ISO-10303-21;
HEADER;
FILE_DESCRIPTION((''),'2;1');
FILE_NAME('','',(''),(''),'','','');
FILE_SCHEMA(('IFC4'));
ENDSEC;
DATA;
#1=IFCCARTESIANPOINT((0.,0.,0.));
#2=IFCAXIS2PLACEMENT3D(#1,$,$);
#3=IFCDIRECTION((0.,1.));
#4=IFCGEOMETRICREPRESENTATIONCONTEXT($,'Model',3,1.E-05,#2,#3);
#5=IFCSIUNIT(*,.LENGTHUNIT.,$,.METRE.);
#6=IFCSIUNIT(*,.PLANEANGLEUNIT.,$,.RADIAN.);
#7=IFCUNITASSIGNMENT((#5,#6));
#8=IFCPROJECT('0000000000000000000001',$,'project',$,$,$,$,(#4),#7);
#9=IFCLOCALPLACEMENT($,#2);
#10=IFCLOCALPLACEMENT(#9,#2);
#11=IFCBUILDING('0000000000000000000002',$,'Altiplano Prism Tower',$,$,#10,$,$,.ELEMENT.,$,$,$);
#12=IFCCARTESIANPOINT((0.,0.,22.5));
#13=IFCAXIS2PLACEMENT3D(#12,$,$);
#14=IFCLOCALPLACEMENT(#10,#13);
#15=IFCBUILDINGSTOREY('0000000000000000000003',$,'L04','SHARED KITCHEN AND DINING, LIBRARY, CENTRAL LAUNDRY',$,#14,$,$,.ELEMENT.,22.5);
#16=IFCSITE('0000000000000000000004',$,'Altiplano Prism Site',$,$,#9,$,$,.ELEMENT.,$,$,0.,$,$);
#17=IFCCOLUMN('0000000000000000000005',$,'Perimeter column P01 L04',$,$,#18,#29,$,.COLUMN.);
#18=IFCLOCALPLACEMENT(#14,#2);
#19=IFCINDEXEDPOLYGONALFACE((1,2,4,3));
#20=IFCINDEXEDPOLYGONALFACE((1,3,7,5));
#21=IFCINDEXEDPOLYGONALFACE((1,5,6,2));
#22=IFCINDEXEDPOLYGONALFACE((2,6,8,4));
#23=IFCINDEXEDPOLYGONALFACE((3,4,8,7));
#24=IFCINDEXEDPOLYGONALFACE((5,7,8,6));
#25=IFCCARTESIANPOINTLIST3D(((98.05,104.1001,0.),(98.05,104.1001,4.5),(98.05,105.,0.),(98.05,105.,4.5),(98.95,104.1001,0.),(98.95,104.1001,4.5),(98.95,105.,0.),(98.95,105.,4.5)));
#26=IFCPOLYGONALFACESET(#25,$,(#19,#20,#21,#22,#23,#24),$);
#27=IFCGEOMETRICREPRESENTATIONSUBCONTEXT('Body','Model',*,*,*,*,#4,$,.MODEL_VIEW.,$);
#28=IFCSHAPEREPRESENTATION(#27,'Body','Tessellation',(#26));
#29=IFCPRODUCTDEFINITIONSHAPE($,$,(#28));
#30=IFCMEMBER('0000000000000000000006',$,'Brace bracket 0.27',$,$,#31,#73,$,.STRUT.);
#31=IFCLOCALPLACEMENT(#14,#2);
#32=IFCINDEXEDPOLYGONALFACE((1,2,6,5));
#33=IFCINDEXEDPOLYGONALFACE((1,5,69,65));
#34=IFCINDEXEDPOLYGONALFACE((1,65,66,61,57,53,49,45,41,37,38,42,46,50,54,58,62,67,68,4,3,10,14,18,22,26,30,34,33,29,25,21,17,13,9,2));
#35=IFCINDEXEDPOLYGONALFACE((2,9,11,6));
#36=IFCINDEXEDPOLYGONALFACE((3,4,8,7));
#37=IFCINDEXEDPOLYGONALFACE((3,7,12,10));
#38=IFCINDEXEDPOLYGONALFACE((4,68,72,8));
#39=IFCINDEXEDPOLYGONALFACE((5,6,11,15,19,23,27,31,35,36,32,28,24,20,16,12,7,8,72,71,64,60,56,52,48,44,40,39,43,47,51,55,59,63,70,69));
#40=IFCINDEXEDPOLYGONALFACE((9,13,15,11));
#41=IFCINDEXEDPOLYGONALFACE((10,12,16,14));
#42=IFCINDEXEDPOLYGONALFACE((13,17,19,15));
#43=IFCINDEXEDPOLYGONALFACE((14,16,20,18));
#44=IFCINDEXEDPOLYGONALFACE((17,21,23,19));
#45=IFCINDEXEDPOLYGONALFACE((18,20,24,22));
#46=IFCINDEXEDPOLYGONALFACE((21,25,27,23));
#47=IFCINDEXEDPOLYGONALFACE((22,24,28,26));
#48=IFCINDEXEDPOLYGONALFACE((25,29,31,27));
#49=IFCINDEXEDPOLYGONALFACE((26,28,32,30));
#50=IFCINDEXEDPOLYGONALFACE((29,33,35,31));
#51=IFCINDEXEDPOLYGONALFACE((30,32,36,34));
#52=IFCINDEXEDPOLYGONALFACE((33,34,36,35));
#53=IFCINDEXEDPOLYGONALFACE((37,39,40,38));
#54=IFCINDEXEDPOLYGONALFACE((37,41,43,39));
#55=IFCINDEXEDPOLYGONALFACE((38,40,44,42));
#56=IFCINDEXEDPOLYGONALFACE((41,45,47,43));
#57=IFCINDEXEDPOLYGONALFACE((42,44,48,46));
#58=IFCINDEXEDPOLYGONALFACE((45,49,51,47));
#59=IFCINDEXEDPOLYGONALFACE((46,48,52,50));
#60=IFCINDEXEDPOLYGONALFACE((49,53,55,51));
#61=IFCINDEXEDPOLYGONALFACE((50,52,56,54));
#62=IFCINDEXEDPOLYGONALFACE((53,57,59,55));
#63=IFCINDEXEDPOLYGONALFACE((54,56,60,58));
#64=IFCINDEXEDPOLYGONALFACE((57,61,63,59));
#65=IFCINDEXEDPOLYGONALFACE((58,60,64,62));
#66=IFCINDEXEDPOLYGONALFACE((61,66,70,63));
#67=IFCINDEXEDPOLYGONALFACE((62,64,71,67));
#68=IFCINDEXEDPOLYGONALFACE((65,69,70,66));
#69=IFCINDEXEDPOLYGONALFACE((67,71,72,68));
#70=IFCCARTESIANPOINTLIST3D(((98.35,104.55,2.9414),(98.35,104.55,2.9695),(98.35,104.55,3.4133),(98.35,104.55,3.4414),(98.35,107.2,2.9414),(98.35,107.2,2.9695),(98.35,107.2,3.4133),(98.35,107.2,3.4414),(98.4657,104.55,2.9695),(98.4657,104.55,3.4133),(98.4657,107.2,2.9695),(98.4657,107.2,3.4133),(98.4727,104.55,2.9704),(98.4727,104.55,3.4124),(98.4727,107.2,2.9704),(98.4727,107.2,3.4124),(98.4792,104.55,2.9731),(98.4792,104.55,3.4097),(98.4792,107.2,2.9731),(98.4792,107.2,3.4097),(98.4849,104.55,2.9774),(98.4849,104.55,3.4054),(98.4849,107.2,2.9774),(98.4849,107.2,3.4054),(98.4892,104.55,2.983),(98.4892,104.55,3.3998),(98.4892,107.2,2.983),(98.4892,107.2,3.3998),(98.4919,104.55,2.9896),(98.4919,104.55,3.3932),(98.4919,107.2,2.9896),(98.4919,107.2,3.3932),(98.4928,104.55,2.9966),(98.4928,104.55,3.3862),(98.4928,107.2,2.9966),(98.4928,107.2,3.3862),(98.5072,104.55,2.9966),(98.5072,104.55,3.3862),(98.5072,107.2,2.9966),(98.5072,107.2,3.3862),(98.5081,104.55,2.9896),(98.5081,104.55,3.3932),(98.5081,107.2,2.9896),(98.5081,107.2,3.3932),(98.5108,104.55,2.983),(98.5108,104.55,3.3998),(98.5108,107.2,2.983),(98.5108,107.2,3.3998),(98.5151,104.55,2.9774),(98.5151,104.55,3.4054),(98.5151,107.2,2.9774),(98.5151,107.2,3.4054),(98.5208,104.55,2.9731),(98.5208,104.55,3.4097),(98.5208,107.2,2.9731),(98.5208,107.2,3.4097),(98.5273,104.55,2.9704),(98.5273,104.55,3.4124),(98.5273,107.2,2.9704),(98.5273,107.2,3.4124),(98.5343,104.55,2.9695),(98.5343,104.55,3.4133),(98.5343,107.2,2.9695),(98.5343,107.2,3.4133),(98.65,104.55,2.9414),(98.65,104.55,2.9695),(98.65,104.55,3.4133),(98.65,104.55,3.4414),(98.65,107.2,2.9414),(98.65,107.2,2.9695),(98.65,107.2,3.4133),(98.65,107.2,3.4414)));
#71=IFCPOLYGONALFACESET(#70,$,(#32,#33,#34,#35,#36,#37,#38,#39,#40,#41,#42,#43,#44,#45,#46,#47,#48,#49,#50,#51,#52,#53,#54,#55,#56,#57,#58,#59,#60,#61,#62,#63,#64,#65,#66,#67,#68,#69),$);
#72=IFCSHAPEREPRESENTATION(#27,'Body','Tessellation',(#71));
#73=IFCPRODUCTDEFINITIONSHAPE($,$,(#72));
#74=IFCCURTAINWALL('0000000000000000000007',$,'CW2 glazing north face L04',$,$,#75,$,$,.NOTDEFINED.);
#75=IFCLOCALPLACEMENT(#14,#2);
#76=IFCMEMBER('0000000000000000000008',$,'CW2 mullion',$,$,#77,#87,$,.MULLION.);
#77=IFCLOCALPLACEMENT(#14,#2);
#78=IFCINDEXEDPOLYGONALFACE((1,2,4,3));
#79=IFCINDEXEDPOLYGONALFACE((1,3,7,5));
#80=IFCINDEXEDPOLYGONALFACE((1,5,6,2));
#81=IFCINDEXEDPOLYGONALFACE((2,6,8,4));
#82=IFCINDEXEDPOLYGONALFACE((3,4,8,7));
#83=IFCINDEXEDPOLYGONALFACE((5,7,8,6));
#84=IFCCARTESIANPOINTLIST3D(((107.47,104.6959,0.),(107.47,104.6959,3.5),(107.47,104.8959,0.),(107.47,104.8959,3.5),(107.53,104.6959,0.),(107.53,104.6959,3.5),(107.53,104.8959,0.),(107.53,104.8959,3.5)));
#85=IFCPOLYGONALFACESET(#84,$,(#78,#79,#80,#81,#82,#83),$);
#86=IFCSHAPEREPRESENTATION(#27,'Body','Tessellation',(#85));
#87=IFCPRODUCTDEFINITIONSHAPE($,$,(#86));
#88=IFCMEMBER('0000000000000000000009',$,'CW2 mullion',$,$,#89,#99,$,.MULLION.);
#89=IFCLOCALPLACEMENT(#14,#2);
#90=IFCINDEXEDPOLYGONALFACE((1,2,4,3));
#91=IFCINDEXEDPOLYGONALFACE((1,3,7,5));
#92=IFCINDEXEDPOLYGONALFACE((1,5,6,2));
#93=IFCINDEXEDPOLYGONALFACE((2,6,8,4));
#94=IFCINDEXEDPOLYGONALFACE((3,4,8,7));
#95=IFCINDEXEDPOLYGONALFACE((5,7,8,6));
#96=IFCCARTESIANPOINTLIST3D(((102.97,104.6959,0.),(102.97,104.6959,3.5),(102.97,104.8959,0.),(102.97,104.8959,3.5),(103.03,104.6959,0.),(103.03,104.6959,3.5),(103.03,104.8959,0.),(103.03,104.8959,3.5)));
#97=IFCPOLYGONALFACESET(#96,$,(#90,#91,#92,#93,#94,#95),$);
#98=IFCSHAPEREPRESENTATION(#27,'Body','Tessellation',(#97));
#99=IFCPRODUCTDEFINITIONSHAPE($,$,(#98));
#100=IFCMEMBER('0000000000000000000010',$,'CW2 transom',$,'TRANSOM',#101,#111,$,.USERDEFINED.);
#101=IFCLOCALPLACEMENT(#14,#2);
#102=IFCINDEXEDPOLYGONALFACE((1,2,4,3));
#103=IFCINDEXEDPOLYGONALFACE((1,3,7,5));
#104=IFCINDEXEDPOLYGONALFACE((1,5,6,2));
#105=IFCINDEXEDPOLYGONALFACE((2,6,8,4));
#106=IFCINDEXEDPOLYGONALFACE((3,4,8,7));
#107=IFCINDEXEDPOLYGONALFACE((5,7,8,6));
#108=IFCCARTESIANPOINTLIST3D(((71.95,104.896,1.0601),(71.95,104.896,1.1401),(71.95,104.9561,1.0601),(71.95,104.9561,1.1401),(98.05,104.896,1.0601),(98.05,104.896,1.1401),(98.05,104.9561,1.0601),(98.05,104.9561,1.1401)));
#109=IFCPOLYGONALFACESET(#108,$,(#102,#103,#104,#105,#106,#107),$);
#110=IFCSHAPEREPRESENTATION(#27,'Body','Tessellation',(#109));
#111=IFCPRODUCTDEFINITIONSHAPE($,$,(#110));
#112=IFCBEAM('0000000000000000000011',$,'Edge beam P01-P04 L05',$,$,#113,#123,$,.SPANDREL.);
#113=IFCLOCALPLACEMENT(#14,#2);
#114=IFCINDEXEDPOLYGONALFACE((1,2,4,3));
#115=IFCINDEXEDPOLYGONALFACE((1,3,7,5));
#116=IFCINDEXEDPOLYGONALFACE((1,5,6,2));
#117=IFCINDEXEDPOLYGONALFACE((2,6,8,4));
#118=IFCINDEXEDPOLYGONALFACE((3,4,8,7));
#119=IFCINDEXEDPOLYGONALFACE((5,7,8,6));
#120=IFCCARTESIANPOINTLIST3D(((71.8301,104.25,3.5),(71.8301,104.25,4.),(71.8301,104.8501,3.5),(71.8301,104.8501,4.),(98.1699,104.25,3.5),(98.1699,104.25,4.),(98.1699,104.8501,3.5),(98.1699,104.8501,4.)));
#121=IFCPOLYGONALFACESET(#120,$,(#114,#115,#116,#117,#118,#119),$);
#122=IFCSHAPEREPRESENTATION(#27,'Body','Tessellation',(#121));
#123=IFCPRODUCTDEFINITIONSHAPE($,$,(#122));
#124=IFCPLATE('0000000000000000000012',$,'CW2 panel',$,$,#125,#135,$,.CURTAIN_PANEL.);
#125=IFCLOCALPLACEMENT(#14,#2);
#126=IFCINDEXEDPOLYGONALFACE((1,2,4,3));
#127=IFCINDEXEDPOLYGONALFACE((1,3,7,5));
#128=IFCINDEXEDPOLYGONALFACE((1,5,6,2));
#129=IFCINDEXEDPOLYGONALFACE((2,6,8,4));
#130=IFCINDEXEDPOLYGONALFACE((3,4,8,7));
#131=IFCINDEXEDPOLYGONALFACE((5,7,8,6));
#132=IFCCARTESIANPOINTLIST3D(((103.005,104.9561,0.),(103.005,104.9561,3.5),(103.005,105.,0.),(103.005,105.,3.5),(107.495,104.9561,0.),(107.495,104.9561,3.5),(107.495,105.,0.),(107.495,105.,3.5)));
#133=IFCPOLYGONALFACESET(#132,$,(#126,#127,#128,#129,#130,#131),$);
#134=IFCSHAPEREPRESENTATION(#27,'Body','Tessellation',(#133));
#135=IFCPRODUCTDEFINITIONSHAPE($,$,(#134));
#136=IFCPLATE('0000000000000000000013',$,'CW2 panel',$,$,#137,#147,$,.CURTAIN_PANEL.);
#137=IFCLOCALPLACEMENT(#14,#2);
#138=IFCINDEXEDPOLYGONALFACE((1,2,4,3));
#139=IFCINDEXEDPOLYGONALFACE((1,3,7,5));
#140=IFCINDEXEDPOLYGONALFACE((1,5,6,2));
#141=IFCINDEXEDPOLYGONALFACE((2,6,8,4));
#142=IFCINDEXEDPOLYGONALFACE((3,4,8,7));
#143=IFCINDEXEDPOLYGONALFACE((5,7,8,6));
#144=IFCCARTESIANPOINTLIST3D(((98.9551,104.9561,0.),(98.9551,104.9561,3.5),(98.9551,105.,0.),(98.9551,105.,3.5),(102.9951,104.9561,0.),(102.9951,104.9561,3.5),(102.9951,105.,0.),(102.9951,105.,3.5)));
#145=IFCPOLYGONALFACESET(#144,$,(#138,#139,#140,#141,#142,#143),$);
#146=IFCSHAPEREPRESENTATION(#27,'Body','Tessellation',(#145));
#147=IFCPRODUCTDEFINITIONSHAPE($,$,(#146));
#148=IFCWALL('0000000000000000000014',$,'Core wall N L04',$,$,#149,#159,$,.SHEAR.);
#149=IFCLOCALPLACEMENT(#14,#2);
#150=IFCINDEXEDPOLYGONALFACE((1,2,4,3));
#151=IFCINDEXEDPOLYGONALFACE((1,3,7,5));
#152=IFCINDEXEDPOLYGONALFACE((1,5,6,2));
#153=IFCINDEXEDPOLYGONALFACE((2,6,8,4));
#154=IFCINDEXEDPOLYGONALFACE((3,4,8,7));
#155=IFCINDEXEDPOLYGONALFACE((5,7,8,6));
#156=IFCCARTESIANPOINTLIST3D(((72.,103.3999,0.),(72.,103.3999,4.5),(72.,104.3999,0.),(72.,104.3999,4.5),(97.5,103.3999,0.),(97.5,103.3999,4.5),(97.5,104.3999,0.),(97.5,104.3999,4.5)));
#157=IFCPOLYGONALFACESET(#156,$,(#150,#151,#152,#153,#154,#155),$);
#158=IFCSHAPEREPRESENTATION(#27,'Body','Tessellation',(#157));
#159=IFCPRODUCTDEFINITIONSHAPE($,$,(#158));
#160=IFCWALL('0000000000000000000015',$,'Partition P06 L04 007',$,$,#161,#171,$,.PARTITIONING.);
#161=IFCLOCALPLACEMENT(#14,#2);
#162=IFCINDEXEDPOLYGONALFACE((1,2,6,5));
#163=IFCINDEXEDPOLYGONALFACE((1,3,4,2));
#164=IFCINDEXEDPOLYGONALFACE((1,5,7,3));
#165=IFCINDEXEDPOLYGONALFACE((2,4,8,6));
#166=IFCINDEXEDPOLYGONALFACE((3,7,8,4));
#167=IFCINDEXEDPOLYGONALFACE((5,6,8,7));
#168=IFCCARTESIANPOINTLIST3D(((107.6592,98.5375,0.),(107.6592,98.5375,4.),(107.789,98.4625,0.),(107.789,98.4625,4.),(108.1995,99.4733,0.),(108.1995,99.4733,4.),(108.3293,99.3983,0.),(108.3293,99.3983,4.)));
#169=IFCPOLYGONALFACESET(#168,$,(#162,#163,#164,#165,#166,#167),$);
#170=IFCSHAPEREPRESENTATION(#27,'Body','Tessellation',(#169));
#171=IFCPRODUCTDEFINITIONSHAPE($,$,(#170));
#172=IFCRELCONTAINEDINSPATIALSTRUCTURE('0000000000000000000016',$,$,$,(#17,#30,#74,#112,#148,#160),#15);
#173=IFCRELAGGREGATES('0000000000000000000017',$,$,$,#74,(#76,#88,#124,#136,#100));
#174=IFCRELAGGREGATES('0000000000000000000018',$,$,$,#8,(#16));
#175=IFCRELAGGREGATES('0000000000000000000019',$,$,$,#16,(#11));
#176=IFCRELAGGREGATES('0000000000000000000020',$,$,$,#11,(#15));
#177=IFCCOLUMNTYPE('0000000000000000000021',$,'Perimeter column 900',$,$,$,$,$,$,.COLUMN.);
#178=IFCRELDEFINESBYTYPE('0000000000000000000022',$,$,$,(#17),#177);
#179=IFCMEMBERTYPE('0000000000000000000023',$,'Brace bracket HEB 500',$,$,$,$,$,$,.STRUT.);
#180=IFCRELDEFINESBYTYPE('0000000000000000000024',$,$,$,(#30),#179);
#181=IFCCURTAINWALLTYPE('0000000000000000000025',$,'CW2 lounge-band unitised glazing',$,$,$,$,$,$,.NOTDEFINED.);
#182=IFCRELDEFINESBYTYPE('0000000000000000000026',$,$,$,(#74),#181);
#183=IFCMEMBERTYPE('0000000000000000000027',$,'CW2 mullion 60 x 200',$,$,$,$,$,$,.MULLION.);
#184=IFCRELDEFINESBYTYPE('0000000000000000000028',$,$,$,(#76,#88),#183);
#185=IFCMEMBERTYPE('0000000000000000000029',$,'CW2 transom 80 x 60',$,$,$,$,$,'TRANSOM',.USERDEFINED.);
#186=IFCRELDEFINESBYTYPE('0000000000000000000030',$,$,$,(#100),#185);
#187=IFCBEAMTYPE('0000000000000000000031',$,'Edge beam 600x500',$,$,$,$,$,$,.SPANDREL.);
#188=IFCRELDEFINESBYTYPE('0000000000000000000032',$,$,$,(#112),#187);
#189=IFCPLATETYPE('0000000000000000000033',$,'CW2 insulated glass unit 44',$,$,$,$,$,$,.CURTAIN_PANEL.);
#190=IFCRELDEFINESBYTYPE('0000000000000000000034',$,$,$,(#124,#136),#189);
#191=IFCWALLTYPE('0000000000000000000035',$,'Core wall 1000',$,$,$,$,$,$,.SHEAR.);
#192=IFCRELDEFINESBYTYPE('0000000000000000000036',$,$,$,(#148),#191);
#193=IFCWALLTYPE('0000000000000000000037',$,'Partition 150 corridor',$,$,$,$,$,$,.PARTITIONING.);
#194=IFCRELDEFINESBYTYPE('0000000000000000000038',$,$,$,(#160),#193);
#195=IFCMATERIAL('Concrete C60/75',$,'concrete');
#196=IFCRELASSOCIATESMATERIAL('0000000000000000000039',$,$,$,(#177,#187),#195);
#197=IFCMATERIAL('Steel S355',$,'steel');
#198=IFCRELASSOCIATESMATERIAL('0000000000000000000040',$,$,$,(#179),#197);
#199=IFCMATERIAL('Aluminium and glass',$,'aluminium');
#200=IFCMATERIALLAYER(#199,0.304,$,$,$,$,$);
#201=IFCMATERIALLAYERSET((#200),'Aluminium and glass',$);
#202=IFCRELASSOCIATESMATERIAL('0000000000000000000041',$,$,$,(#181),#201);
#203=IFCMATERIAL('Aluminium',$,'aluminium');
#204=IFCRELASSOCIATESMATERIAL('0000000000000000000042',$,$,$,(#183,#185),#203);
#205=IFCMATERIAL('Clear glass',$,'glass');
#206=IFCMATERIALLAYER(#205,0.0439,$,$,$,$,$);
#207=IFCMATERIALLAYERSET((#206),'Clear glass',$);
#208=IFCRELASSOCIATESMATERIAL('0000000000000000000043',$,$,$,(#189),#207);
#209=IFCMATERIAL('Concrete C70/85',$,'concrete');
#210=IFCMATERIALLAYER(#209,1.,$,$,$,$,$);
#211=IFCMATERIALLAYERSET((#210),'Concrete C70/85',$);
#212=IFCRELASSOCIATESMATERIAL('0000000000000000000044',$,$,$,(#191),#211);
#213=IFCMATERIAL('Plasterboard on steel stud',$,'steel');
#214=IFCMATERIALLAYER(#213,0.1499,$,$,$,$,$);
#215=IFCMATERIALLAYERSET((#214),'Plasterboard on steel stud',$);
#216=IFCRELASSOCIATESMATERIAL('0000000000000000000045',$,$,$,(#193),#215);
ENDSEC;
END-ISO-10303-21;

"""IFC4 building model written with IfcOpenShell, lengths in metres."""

from ifc_helpers import new_model, si_unit, direction, frame, frame_2d, origin, origin_2d, place, context, subcontext, project, spatial, rectangle, i_section, extrude, material, layer, layer_set, material_profile, profile_set, type_object, element, aggregate, save


model = new_model("IFC4")

# Units and contexts
model_context = context("Model", 3, precision=1e-05, world=origin(), true_north=direction((0.0, 1.0)))
body_context = subcontext(model_context, "Body", "Model", "MODEL_VIEW")
ifc_project = project(units=[si_unit("LENGTHUNIT", "METRE"), si_unit("PLANEANGLEUNIT", "RADIAN")], contexts=[model_context])

# Site, building, storey
site_placement = place(None, origin())
site = spatial("IfcSite", under=ifc_project, at=site_placement, Name="Altiplano Prism Site", CompositionType="ELEMENT", RefElevation=0.0)
building_placement = place(site_placement, origin())
building = spatial("IfcBuilding", under=site, at=building_placement, Name="Altiplano Prism Tower", CompositionType="ELEMENT")
storey_placement = place(building_placement, frame((0.0, 0.0, 22.5)))
storey = spatial("IfcBuildingStorey", under=building, at=storey_placement, Name="L04", Description="SHARED KITCHEN AND DINING, LIBRARY, CENTRAL LAUNDRY", CompositionType="ELEMENT", Elevation=22.5)

# Column
ifc_material_1 = material(Name="Concrete C60/75", Category="concrete")
ifc_material_profile_1 = material_profile(ifc_material_1, rectangle(XDim=0.8999, YDim=0.8999, at=origin_2d()), Name="Perimeter column 900")
ifc_profile_set_1 = profile_set([ifc_material_profile_1], Name="Concrete C60/75")
column_type = type_object("IfcColumnType", Name="Perimeter column 900", PredefinedType="COLUMN", material=ifc_profile_set_1)
column_placement = place(storey_placement, frame((98.5, 104.55, 0.0), z_axis=(0.0, 0.0, 1.0), x_axis=(1.0, 0.0, 0.0)))
element("IfcColumn", 1, at=column_placement, inside=storey, type_object=column_type, Name="Perimeter column P01 L04", PredefinedType="COLUMN", context=body_context, shape_type="SweptSolid", body=[
    extrude(rectangle(XDim=0.8999, YDim=0.8999, at=origin_2d()), origin(), (0.0, 0.0, 1.0), 4.5),
])

# Member
ifc_material_2 = material(Name="Steel S355", Category="steel")
ifc_material_profile_2 = material_profile(ifc_material_2, i_section(OverallWidth=0.3, OverallDepth=0.5, WebThickness=0.0144, FlangeThickness=0.0281, FilletRadius=0.0271, at=origin_2d()), Name="Brace bracket HEB 500")
ifc_profile_set_2 = profile_set([ifc_material_profile_2], Name="Steel S355")
member_type_1 = type_object("IfcMemberType", Name="Brace bracket HEB 500", PredefinedType="STRUT", material=ifc_profile_set_2)
member_1_placement = place(storey_placement, frame((98.5, 104.55, 3.1914), z_axis=(0.0, 1.0, 0.0), x_axis=(-1.0, 0.0, 0.0)))
element("IfcMember", 2, at=member_1_placement, inside=storey, type_object=member_type_1, Name="Brace bracket 0.27", PredefinedType="STRUT", context=body_context, shape_type="SweptSolid", body=[
    extrude(i_section(OverallWidth=0.3, OverallDepth=0.5, WebThickness=0.0144, FlangeThickness=0.0281, FilletRadius=0.0271, at=origin_2d()), origin(), (0.0, 0.0, 1.0), 2.6499),
])

# Curtain wall, members
ifc_material_3 = material(Name="Aluminium and glass", Category="aluminium")
ifc_layer_1 = layer(ifc_material_3, 0.304)
ifc_layer_set_1 = layer_set([ifc_layer_1], Name="Aluminium and glass")
curtain_wall_type = type_object("IfcCurtainWallType", Name="CW2 lounge-band unitised glazing", PredefinedType="NOTDEFINED", material=ifc_layer_set_1)
curtain_wall_placement = place(storey_placement, origin())
curtain_wall = element("IfcCurtainWall", 3, at=curtain_wall_placement, inside=storey, type_object=curtain_wall_type, Name="CW2 glazing north face L04", PredefinedType="NOTDEFINED")
ifc_material_4 = material(Name="Aluminium", Category="aluminium")
ifc_material_profile_3 = material_profile(ifc_material_4, rectangle(XDim=0.2, YDim=0.0601, at=origin_2d()), Name="CW2 mullion 60 x 200")
ifc_profile_set_3 = profile_set([ifc_material_profile_3], Name="Aluminium")
member_type_2 = type_object("IfcMemberType", Name="CW2 mullion 60 x 200", PredefinedType="MULLION", material=ifc_profile_set_3)
member_2_placement = place(storey_placement, frame((107.5, 104.7959, 0.0), z_axis=(0.0, 0.0, 1.0), x_axis=(0.0, -1.0, 0.0)))
member_2 = element("IfcMember", 4, at=member_2_placement, type_object=member_type_2, Name="CW2 mullion", PredefinedType="MULLION", context=body_context, shape_type="SweptSolid", body=[
    extrude(rectangle(XDim=0.2, YDim=0.0601, at=origin_2d()), origin(), (0.0, 0.0, 1.0), 3.5),
])
member_3_placement = place(storey_placement, frame((103.0, 104.7959, 0.0), z_axis=(0.0, 0.0, 1.0), x_axis=(0.0, -1.0, 0.0)))
member_3 = element("IfcMember", 5, at=member_3_placement, type_object=member_type_2, Name="CW2 mullion", PredefinedType="MULLION", context=body_context, shape_type="SweptSolid", body=[
    extrude(rectangle(XDim=0.2, YDim=0.0601, at=origin_2d()), origin(), (0.0, 0.0, 1.0), 3.5),
])
ifc_material_profile_4 = material_profile(ifc_material_4, rectangle(XDim=0.0601, YDim=0.0801, at=origin_2d()), Name="CW2 transom 80 x 60")
ifc_profile_set_4 = profile_set([ifc_material_profile_4], Name="Aluminium")
member_type_3 = type_object("IfcMemberType", Name="CW2 transom 80 x 60", ElementType="TRANSOM", PredefinedType="USERDEFINED", material=ifc_profile_set_4)
member_4_placement = place(storey_placement, frame((98.05, 104.926, 1.1001), z_axis=(-1.0, 0.0, 0.0), x_axis=(0.0, -1.0, 0.0)))
member_4 = element("IfcMember", 6, at=member_4_placement, type_object=member_type_3, Name="CW2 transom", ObjectType="TRANSOM", PredefinedType="USERDEFINED", context=body_context, shape_type="SweptSolid", body=[
    extrude(rectangle(XDim=0.0601, YDim=0.0801, at=origin_2d()), origin(), (0.0, 0.0, 1.0), 26.1001),
])

# Beam
ifc_material_profile_5 = material_profile(ifc_material_1, rectangle(XDim=0.6001, YDim=0.5, at=origin_2d()), Name="Edge beam 600x500")
ifc_profile_set_5 = profile_set([ifc_material_profile_5], Name="Concrete C60/75")
beam_type = type_object("IfcBeamType", Name="Edge beam 600x500", PredefinedType="SPANDREL", material=ifc_profile_set_5)
beam_placement = place(storey_placement, frame((98.1699, 104.55, 3.75), z_axis=(-1.0, 0.0, 0.0), x_axis=(0.0, -1.0, 0.0)))
element("IfcBeam", 7, at=beam_placement, inside=storey, type_object=beam_type, Name="Edge beam P01-P04 L05", PredefinedType="SPANDREL", context=body_context, shape_type="SweptSolid", body=[
    extrude(rectangle(XDim=0.6001, YDim=0.5, at=origin_2d()), origin(), (0.0, 0.0, 1.0), 26.3398),
])

# Plates
ifc_material_5 = material(Name="Clear glass", Category="glass")
ifc_layer_2 = layer(ifc_material_5, 0.0439)
ifc_layer_set_2 = layer_set([ifc_layer_2], Name="Clear glass")
plate_type = type_object("IfcPlateType", Name="CW2 insulated glass unit 44", PredefinedType="CURTAIN_PANEL", material=ifc_layer_set_2)
plate_1_placement = place(storey_placement, frame((105.25, 104.978, 0.0), z_axis=(0.0, 0.0, 1.0), x_axis=(-1.0, 0.0, 0.0)))
plate_1 = element("IfcPlate", 8, at=plate_1_placement, type_object=plate_type, Name="CW2 panel", PredefinedType="CURTAIN_PANEL", context=body_context, shape_type="SweptSolid", body=[
    extrude(rectangle(XDim=4.49, YDim=0.0439, at=origin_2d()), origin(), (0.0, 0.0, 1.0), 3.5),
])
plate_2_placement = place(storey_placement, frame((100.9751, 104.978, 0.0), z_axis=(0.0, 0.0, 1.0), x_axis=(-1.0, 0.0, 0.0)))
plate_2 = element("IfcPlate", 9, at=plate_2_placement, type_object=plate_type, Name="CW2 panel", PredefinedType="CURTAIN_PANEL", context=body_context, shape_type="SweptSolid", body=[
    extrude(rectangle(XDim=4.04, YDim=0.0439, at=origin_2d()), origin(), (0.0, 0.0, 1.0), 3.5),
])
aggregate(curtain_wall, [member_2, member_3, plate_1, plate_2, member_4])

# Walls
ifc_material_6 = material(Name="Concrete C70/85", Category="concrete")
ifc_layer_3 = layer(ifc_material_6, 1.0)
ifc_layer_set_3 = layer_set([ifc_layer_3], Name="Concrete C70/85")
wall_type_1 = type_object("IfcWallType", Name="Core wall 1000", PredefinedType="SHEAR", material=ifc_layer_set_3)
wall_1_placement = place(storey_placement, frame((97.5, 103.8999, 0.0), z_axis=(0.0, 0.0, 1.0), x_axis=(-1.0, 0.0, 0.0)))
element("IfcWall", 10, at=wall_1_placement, inside=storey, type_object=wall_type_1, Name="Core wall N L04", PredefinedType="SHEAR", context=body_context, shape_type="SweptSolid", body=[
    extrude(rectangle(XDim=25.5, YDim=1.0, at=frame_2d((12.75, 0.0))), origin(), (0.0, 0.0, 1.0), 4.5),
])
ifc_material_7 = material(Name="Plasterboard on steel stud", Category="steel")
ifc_layer_4 = layer(ifc_material_7, 0.1499)
ifc_layer_set_4 = layer_set([ifc_layer_4], Name="Plasterboard on steel stud")
wall_type_2 = type_object("IfcWallType", Name="Partition 150 corridor", PredefinedType="PARTITIONING", material=ifc_layer_set_4)
wall_2_placement = place(storey_placement, frame((107.7241, 98.5, 0.0), z_axis=(0.0, 0.0, 1.0), x_axis=(0.500003, 0.866024, 0.0)))
element("IfcWall", 11, at=wall_2_placement, inside=storey, type_object=wall_type_2, Name="Partition P06 L04 007", PredefinedType="PARTITIONING", context=body_context, shape_type="SweptSolid", body=[
    extrude(rectangle(XDim=1.0806, YDim=0.1499, at=frame_2d((0.5403, 0.0))), origin(), (0.0, 0.0, 1.0), 4.0),
])

save(model, "model.ifc")
